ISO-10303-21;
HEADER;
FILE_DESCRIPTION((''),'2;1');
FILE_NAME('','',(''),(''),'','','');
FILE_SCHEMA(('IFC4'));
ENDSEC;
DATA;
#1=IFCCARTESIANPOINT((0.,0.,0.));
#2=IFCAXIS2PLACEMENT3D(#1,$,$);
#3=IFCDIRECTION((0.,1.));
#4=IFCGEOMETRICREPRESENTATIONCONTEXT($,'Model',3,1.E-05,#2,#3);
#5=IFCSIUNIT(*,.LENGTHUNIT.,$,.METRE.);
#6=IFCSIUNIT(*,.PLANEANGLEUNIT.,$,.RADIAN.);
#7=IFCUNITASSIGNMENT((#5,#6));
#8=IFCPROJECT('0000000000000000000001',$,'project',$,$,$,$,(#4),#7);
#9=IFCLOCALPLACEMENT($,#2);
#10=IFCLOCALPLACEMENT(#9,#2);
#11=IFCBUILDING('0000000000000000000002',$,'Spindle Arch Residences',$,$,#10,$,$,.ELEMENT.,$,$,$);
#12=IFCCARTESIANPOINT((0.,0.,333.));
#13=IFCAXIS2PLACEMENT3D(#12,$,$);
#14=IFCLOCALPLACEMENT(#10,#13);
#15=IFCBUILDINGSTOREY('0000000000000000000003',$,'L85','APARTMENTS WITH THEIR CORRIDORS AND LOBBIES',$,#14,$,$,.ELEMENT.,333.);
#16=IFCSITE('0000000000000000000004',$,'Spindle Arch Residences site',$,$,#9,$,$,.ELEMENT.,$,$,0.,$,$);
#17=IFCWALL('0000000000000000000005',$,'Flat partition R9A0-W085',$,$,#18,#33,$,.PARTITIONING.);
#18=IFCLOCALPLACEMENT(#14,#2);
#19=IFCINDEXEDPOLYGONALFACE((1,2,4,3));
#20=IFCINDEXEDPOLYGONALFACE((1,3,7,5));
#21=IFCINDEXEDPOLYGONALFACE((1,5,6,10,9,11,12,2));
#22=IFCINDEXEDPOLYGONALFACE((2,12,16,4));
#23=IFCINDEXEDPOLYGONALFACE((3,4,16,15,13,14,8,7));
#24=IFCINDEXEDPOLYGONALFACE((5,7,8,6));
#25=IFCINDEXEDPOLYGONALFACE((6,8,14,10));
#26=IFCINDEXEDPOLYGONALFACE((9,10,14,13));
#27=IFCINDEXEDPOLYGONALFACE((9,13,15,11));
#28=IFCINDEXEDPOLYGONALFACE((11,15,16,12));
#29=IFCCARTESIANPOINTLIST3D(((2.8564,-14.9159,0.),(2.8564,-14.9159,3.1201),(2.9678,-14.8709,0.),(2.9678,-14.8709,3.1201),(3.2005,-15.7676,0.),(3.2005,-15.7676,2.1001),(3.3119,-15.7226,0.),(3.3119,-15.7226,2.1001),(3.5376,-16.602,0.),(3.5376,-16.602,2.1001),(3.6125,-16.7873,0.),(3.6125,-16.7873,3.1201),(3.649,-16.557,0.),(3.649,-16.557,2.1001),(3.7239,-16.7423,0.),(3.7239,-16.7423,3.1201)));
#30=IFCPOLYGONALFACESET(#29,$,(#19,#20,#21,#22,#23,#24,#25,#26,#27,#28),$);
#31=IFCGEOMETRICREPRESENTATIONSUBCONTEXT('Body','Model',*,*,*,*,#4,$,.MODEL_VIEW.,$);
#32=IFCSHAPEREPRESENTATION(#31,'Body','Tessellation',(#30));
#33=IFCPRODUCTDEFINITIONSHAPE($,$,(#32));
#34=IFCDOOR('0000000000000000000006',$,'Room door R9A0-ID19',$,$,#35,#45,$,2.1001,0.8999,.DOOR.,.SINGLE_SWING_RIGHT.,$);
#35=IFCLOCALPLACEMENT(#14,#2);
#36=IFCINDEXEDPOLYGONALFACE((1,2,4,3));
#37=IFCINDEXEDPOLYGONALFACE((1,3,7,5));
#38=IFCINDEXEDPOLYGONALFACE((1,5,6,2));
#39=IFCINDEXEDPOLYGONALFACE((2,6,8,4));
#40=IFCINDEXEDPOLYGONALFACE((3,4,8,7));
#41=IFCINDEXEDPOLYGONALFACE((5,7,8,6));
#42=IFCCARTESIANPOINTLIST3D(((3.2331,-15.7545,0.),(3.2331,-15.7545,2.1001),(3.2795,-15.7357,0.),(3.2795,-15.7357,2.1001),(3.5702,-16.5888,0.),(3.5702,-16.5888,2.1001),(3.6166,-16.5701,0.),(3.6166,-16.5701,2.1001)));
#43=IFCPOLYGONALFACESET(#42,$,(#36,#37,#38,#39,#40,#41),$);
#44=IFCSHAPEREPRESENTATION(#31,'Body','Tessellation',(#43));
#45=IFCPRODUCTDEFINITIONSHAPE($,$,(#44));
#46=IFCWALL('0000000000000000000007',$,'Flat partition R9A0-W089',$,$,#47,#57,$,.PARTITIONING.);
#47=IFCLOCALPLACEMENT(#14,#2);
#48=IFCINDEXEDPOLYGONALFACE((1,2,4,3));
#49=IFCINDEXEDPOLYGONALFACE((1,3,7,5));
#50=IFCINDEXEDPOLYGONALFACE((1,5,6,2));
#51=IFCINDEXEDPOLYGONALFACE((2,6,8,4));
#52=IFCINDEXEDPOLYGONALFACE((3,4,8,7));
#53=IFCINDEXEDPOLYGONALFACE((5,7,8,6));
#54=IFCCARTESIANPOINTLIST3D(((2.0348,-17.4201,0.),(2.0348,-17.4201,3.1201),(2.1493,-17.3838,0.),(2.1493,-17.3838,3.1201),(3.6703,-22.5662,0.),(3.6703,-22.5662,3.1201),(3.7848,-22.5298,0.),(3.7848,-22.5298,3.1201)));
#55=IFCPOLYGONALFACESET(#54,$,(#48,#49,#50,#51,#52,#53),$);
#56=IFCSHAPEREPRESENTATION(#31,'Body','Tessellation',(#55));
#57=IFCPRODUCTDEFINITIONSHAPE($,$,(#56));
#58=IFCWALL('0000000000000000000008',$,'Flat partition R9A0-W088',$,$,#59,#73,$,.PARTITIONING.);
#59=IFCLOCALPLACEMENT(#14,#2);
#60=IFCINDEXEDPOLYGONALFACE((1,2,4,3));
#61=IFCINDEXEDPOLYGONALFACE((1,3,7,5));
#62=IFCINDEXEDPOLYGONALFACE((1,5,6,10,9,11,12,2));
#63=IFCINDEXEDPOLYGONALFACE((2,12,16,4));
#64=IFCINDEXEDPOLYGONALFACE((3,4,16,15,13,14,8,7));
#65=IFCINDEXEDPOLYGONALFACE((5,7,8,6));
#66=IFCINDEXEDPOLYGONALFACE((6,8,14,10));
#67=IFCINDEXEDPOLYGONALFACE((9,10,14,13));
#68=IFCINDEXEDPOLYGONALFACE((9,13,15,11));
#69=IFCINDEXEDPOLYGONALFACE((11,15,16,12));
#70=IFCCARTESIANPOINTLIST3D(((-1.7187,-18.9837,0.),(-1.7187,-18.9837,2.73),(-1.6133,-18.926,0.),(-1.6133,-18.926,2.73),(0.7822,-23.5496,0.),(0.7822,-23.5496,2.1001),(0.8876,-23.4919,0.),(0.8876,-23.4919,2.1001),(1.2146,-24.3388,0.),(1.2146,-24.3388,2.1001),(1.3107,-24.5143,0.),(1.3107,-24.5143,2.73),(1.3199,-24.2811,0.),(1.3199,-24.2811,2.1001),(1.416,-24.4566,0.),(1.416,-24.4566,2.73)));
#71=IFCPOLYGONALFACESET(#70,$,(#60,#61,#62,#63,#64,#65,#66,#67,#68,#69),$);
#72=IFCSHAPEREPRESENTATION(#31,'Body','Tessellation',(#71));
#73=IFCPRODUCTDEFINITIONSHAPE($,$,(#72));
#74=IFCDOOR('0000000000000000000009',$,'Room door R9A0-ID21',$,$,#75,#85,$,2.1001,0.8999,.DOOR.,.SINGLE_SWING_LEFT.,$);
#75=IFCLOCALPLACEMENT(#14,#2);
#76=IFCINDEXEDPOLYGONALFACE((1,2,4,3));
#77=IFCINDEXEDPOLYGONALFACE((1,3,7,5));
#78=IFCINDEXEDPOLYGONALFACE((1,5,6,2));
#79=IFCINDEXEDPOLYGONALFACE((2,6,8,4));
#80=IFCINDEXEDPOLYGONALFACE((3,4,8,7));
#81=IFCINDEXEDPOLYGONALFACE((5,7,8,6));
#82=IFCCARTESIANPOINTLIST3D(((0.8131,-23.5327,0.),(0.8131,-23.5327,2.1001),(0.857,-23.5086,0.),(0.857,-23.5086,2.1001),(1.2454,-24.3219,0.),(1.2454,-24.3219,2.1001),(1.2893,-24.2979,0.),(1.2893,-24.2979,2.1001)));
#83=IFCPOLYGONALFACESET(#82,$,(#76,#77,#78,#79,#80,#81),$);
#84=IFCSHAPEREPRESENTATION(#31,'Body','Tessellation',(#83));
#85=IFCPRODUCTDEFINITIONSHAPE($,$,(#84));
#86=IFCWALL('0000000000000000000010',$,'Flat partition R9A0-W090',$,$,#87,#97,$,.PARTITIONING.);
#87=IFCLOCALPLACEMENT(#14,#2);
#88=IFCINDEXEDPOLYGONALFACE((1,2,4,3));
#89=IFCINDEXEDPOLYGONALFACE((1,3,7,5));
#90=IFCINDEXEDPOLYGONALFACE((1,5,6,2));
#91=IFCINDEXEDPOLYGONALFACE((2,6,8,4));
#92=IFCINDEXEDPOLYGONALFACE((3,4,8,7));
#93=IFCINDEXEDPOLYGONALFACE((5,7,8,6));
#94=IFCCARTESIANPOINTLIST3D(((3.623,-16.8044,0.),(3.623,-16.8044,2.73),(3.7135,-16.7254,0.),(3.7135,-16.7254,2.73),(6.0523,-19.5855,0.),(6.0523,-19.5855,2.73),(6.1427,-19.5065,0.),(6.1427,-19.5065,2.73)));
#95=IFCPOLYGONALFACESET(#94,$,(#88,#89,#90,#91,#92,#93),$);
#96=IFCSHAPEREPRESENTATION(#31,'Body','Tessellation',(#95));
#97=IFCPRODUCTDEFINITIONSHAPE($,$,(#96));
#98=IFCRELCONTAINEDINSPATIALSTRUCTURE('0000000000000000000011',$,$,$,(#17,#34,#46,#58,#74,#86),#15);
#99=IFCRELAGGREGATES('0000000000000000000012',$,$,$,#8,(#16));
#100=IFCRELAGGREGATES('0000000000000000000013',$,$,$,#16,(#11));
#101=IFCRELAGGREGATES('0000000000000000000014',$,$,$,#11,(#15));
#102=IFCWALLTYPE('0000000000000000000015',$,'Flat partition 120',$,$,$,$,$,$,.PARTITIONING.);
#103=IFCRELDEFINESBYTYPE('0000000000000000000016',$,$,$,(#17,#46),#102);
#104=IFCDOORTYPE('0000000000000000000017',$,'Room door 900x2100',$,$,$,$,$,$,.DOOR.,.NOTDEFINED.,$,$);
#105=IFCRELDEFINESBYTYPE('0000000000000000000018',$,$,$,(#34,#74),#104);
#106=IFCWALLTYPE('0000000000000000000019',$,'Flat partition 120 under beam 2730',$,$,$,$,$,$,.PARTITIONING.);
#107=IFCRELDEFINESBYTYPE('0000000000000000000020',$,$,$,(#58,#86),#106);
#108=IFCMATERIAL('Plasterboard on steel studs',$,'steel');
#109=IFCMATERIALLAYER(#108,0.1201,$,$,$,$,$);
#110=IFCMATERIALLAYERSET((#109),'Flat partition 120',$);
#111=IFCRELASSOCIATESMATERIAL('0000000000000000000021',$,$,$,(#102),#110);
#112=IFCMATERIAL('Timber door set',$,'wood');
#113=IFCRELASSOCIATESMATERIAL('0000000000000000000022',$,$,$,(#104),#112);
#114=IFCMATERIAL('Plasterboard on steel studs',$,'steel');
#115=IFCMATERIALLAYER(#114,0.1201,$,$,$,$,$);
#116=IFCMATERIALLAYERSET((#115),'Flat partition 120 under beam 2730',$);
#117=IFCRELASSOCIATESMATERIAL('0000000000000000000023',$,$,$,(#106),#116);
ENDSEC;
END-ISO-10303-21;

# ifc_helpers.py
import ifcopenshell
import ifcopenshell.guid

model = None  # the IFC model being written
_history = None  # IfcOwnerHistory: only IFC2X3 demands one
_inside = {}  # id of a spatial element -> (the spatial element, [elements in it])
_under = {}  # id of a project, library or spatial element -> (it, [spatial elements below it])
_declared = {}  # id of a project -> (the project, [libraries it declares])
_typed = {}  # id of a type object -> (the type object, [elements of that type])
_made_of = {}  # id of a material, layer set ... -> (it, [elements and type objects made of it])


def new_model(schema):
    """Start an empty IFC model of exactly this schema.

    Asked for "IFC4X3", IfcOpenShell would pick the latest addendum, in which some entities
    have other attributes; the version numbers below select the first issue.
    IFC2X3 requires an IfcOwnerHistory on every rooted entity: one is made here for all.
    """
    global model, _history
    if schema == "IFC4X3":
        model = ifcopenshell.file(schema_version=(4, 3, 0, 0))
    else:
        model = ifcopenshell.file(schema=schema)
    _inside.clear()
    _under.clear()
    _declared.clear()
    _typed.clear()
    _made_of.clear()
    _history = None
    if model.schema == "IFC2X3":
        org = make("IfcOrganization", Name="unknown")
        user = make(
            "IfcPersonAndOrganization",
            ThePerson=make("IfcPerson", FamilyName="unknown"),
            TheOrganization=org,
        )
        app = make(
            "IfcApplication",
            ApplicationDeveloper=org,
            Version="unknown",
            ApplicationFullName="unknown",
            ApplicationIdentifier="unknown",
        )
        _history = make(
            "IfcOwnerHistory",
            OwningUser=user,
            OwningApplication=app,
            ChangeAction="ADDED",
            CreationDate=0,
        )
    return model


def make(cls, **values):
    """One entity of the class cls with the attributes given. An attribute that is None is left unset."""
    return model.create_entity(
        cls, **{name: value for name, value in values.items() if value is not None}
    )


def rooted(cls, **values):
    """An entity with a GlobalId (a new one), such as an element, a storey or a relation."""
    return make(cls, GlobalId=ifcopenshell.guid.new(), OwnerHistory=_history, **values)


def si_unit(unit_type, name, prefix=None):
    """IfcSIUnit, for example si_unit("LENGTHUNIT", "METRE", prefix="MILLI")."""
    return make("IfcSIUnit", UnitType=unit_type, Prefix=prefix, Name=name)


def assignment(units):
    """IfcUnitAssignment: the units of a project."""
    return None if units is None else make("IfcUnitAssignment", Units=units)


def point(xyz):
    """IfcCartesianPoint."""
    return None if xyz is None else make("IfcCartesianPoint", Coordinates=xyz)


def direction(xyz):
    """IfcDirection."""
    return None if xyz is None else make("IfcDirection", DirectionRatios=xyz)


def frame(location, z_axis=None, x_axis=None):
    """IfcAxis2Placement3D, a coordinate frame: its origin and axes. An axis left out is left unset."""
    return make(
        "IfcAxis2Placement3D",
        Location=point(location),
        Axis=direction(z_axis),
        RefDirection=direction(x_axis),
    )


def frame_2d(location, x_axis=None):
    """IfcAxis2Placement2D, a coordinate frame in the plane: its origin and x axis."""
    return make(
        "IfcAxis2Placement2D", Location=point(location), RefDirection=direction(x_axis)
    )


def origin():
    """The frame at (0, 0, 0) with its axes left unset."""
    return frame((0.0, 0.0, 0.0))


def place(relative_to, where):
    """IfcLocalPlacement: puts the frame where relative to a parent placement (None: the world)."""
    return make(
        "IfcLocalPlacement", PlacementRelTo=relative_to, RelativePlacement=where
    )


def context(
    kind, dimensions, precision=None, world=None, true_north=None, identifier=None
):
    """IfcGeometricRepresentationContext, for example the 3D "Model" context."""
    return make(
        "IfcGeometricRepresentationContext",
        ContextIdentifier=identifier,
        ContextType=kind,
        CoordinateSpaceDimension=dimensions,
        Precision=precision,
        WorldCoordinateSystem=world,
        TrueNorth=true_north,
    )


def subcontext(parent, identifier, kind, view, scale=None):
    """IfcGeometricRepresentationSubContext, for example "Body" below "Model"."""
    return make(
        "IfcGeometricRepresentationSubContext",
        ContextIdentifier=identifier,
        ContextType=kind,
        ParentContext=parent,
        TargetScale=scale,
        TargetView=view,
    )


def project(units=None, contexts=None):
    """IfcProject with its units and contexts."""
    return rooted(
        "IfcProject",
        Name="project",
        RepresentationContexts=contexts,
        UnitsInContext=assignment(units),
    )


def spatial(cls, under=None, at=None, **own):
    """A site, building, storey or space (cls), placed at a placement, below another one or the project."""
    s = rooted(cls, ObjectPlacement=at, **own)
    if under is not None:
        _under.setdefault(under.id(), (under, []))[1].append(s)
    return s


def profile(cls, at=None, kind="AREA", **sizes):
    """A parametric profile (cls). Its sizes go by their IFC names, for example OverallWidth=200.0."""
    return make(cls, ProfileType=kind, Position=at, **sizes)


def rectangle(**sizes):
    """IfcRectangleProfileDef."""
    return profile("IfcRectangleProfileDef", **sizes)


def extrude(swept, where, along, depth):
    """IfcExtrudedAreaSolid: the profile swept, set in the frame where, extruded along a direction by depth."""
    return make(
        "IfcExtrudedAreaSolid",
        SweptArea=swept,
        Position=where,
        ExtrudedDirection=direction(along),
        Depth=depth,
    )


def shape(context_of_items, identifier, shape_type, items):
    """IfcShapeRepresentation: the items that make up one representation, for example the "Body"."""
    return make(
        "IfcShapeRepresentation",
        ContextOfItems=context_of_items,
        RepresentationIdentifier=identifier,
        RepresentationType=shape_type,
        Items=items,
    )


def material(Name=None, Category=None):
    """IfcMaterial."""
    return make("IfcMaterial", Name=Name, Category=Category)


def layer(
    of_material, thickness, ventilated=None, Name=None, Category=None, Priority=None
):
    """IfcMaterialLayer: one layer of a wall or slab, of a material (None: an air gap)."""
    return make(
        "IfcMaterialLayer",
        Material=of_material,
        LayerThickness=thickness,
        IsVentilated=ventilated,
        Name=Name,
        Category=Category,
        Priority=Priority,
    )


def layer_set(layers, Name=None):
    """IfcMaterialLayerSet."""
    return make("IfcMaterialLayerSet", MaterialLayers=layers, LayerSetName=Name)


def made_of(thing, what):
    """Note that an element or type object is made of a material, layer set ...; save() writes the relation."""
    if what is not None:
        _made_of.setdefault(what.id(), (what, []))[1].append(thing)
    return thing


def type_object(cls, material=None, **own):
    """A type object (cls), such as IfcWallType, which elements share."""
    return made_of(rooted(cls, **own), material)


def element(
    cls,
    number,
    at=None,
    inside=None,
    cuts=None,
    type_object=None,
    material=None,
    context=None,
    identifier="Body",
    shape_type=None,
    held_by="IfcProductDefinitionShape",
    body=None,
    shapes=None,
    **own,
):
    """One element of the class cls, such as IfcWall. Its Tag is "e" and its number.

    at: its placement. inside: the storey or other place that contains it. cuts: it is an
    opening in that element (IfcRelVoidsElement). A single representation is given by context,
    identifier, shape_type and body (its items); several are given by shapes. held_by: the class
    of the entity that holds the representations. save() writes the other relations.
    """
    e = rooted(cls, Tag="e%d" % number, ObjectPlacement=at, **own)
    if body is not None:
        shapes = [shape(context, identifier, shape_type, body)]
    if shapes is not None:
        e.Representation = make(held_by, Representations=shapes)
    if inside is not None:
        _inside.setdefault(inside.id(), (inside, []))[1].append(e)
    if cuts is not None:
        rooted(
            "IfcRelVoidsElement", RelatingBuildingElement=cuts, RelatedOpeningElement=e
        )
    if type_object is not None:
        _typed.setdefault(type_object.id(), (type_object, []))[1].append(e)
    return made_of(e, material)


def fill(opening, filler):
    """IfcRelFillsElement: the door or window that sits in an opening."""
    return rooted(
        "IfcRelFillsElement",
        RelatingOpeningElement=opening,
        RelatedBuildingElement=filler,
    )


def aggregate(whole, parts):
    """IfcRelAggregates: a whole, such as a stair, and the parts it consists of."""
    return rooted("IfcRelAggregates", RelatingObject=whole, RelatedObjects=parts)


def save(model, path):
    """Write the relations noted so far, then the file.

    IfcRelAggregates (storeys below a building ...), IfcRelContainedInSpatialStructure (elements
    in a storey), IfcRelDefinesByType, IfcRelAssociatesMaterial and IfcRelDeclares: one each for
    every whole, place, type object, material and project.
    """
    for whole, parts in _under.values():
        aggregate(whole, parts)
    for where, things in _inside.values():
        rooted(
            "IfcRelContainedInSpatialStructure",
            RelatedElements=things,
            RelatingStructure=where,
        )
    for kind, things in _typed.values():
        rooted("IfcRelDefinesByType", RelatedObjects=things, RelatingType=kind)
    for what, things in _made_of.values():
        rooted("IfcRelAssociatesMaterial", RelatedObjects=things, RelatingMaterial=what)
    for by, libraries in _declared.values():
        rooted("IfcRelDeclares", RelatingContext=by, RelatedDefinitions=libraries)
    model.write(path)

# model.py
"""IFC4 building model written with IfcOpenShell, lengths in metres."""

from ifc_helpers import new_model, si_unit, direction, frame, frame_2d, origin, place, context, subcontext, project, spatial, rectangle, extrude, material, layer, layer_set, type_object, element, fill, save


model = new_model("IFC4")

# Units and contexts
model_context = context("Model", 3, precision=1e-05, world=origin(), true_north=direction((0.0, 1.0)))
body_context = subcontext(model_context, "Body", "Model", "MODEL_VIEW")
ifc_project = project(units=[si_unit("LENGTHUNIT", "METRE"), si_unit("PLANEANGLEUNIT", "RADIAN")], contexts=[model_context])

# Site, building, storey
site_placement = place(None, origin())
site = spatial("IfcSite", under=ifc_project, at=site_placement, Name="Spindle Arch Residences site", CompositionType="ELEMENT", RefElevation=0.0)
building_placement = place(site_placement, origin())
building = spatial("IfcBuilding", under=site, at=building_placement, Name="Spindle Arch Residences", CompositionType="ELEMENT")
storey_placement = place(building_placement, frame((0.0, 0.0, 333.0)))
storey = spatial("IfcBuildingStorey", under=building, at=storey_placement, Name="L85", Description="APARTMENTS WITH THEIR CORRIDORS AND LOBBIES", CompositionType="ELEMENT", Elevation=333.0)

# Wall, opening, door
ifc_material_1 = material(Name="Plasterboard on steel studs", Category="steel")
ifc_layer_1 = layer(ifc_material_1, 0.1201)
ifc_layer_set_1 = layer_set([ifc_layer_1], Name="Flat partition 120")
wall_type_1 = type_object("IfcWallType", Name="Flat partition 120", PredefinedType="PARTITIONING", material=ifc_layer_set_1)
wall_1_placement = place(storey_placement, frame((3.6682, -16.7649, 0.0), z_axis=(0.0, 0.0, 1.0), x_axis=(-0.374621, 0.927178, 0.0)))
wall_1 = element("IfcWall", 1, at=wall_1_placement, inside=storey, type_object=wall_type_1, Name="Flat partition R9A0-W085", PredefinedType="PARTITIONING", context=body_context, shape_type="SweptSolid", body=[
    extrude(rectangle(XDim=2.0183, YDim=0.1201, at=frame_2d((1.0093, 0.0))), origin(), (0.0, 0.0, 1.0), 3.1201),
])
opening_1_placement = place(wall_1_placement, frame((0.2, 0.0, 0.0)))
opening_1 = element("IfcOpeningElement", 2, at=opening_1_placement, cuts=wall_1, PredefinedType="OPENING", context=body_context, shape_type="SweptSolid", body=[
    extrude(rectangle(XDim=0.8999, YDim=2.1001, at=frame_2d((0.45, 1.05))), frame((0.0, 0.0701, 0.0), z_axis=(0.0, -1.0, 0.0), x_axis=(1.0, 0.0, 0.0)), (0.0, 0.0, 1.0), 0.1401),
])
ifc_material_2 = material(Name="Timber door set", Category="wood")
door_type_1 = type_object("IfcDoorType", Name="Room door 900x2100", OperationType="NOTDEFINED", PredefinedType="DOOR", material=ifc_material_2)
door_1_placement = place(opening_1_placement, origin())
door_1 = element("IfcDoor", 3, at=door_1_placement, inside=storey, type_object=door_type_1, Name="Room door R9A0-ID19", OperationType="SINGLE_SWING_RIGHT", OverallHeight=2.1001, OverallWidth=0.8999, PredefinedType="DOOR", context=body_context, shape_type="SweptSolid", body=[
    extrude(rectangle(XDim=0.8999, YDim=2.1001, at=frame_2d((0.45, 1.05))), frame((0.0, 0.0249, 0.0), z_axis=(0.0, -1.0, 0.0), x_axis=(1.0, 0.0, 0.0)), (0.0, 0.0, 1.0), 0.05),
])
fill(opening_1, door_1)

# Wall
wall_2_placement = place(storey_placement, frame((3.7275, -22.5479, 0.0), z_axis=(0.0, 0.0, 1.0), x_axis=(-0.30289, 0.953025, 0.0)))
element("IfcWall", 4, at=wall_2_placement, inside=storey, type_object=wall_type_1, Name="Flat partition R9A0-W089", PredefinedType="PARTITIONING", context=body_context, shape_type="SweptSolid", body=[
    extrude(rectangle(XDim=5.3997, YDim=0.1201, at=frame_2d((2.6997, 0.0))), origin(), (0.0, 0.0, 1.0), 3.1201),
])

# Wall, opening, door
ifc_material_3 = material(Name="Plasterboard on steel studs", Category="steel")
ifc_layer_2 = layer(ifc_material_3, 0.1201)
ifc_layer_set_2 = layer_set([ifc_layer_2], Name="Flat partition 120 under beam 2730")
wall_type_2 = type_object("IfcWallType", Name="Flat partition 120 under beam 2730", PredefinedType="PARTITIONING", material=ifc_layer_set_2)
wall_3_placement = place(storey_placement, frame((1.3633, -24.4854, 0.0), z_axis=(0.0, 0.0, 1.0), x_axis=(-0.480398, 0.877051, 0.0)))
wall_3 = element("IfcWall", 5, at=wall_3_placement, inside=storey, type_object=wall_type_2, Name="Flat partition R9A0-W088", PredefinedType="PARTITIONING", context=body_context, shape_type="SweptSolid", body=[
    extrude(rectangle(XDim=6.3059, YDim=0.1201, at=frame_2d((3.1528, 0.0))), origin(), (0.0, 0.0, 1.0), 2.73),
])
opening_2_placement = place(wall_3_placement, frame((0.2, 0.0, 0.0)))
opening_2 = element("IfcOpeningElement", 6, at=opening_2_placement, cuts=wall_3, PredefinedType="OPENING", context=body_context, shape_type="SweptSolid", body=[
    extrude(rectangle(XDim=0.8999, YDim=2.1001, at=frame_2d((0.45, 1.05))), frame((0.0, 0.0701, 0.0), z_axis=(0.0, -1.0, 0.0), x_axis=(1.0, 0.0, 0.0)), (0.0, 0.0, 1.0), 0.1401),
])
door_2_placement = place(opening_2_placement, origin())
door_2 = element("IfcDoor", 7, at=door_2_placement, inside=storey, type_object=door_type_1, Name="Room door R9A0-ID21", OperationType="SINGLE_SWING_LEFT", OverallHeight=2.1001, OverallWidth=0.8999, PredefinedType="DOOR", context=body_context, shape_type="SweptSolid", body=[
    extrude(rectangle(XDim=0.8999, YDim=2.1001, at=frame_2d((0.45, 1.05))), frame((0.0, 0.0249, 0.0), z_axis=(0.0, -1.0, 0.0), x_axis=(1.0, 0.0, 0.0)), (0.0, 0.0, 1.0), 0.05),
])
fill(opening_2, door_2)

# Wall
wall_4_placement = place(storey_placement, frame((6.0974, -19.5459, 0.0), z_axis=(0.0, 0.0, 1.0), x_axis=(-0.657863, 0.753138, 0.0)))
element("IfcWall", 8, at=wall_4_placement, inside=storey, type_object=wall_type_2, Name="Flat partition R9A0-W090", PredefinedType="PARTITIONING", context=body_context, shape_type="SweptSolid", body=[
    extrude(rectangle(XDim=3.6926, YDim=0.1201, at=frame_2d((1.8462, 0.0))), origin(), (0.0, 0.0, 1.0), 2.73),
])

save(model, "model.ifc")
